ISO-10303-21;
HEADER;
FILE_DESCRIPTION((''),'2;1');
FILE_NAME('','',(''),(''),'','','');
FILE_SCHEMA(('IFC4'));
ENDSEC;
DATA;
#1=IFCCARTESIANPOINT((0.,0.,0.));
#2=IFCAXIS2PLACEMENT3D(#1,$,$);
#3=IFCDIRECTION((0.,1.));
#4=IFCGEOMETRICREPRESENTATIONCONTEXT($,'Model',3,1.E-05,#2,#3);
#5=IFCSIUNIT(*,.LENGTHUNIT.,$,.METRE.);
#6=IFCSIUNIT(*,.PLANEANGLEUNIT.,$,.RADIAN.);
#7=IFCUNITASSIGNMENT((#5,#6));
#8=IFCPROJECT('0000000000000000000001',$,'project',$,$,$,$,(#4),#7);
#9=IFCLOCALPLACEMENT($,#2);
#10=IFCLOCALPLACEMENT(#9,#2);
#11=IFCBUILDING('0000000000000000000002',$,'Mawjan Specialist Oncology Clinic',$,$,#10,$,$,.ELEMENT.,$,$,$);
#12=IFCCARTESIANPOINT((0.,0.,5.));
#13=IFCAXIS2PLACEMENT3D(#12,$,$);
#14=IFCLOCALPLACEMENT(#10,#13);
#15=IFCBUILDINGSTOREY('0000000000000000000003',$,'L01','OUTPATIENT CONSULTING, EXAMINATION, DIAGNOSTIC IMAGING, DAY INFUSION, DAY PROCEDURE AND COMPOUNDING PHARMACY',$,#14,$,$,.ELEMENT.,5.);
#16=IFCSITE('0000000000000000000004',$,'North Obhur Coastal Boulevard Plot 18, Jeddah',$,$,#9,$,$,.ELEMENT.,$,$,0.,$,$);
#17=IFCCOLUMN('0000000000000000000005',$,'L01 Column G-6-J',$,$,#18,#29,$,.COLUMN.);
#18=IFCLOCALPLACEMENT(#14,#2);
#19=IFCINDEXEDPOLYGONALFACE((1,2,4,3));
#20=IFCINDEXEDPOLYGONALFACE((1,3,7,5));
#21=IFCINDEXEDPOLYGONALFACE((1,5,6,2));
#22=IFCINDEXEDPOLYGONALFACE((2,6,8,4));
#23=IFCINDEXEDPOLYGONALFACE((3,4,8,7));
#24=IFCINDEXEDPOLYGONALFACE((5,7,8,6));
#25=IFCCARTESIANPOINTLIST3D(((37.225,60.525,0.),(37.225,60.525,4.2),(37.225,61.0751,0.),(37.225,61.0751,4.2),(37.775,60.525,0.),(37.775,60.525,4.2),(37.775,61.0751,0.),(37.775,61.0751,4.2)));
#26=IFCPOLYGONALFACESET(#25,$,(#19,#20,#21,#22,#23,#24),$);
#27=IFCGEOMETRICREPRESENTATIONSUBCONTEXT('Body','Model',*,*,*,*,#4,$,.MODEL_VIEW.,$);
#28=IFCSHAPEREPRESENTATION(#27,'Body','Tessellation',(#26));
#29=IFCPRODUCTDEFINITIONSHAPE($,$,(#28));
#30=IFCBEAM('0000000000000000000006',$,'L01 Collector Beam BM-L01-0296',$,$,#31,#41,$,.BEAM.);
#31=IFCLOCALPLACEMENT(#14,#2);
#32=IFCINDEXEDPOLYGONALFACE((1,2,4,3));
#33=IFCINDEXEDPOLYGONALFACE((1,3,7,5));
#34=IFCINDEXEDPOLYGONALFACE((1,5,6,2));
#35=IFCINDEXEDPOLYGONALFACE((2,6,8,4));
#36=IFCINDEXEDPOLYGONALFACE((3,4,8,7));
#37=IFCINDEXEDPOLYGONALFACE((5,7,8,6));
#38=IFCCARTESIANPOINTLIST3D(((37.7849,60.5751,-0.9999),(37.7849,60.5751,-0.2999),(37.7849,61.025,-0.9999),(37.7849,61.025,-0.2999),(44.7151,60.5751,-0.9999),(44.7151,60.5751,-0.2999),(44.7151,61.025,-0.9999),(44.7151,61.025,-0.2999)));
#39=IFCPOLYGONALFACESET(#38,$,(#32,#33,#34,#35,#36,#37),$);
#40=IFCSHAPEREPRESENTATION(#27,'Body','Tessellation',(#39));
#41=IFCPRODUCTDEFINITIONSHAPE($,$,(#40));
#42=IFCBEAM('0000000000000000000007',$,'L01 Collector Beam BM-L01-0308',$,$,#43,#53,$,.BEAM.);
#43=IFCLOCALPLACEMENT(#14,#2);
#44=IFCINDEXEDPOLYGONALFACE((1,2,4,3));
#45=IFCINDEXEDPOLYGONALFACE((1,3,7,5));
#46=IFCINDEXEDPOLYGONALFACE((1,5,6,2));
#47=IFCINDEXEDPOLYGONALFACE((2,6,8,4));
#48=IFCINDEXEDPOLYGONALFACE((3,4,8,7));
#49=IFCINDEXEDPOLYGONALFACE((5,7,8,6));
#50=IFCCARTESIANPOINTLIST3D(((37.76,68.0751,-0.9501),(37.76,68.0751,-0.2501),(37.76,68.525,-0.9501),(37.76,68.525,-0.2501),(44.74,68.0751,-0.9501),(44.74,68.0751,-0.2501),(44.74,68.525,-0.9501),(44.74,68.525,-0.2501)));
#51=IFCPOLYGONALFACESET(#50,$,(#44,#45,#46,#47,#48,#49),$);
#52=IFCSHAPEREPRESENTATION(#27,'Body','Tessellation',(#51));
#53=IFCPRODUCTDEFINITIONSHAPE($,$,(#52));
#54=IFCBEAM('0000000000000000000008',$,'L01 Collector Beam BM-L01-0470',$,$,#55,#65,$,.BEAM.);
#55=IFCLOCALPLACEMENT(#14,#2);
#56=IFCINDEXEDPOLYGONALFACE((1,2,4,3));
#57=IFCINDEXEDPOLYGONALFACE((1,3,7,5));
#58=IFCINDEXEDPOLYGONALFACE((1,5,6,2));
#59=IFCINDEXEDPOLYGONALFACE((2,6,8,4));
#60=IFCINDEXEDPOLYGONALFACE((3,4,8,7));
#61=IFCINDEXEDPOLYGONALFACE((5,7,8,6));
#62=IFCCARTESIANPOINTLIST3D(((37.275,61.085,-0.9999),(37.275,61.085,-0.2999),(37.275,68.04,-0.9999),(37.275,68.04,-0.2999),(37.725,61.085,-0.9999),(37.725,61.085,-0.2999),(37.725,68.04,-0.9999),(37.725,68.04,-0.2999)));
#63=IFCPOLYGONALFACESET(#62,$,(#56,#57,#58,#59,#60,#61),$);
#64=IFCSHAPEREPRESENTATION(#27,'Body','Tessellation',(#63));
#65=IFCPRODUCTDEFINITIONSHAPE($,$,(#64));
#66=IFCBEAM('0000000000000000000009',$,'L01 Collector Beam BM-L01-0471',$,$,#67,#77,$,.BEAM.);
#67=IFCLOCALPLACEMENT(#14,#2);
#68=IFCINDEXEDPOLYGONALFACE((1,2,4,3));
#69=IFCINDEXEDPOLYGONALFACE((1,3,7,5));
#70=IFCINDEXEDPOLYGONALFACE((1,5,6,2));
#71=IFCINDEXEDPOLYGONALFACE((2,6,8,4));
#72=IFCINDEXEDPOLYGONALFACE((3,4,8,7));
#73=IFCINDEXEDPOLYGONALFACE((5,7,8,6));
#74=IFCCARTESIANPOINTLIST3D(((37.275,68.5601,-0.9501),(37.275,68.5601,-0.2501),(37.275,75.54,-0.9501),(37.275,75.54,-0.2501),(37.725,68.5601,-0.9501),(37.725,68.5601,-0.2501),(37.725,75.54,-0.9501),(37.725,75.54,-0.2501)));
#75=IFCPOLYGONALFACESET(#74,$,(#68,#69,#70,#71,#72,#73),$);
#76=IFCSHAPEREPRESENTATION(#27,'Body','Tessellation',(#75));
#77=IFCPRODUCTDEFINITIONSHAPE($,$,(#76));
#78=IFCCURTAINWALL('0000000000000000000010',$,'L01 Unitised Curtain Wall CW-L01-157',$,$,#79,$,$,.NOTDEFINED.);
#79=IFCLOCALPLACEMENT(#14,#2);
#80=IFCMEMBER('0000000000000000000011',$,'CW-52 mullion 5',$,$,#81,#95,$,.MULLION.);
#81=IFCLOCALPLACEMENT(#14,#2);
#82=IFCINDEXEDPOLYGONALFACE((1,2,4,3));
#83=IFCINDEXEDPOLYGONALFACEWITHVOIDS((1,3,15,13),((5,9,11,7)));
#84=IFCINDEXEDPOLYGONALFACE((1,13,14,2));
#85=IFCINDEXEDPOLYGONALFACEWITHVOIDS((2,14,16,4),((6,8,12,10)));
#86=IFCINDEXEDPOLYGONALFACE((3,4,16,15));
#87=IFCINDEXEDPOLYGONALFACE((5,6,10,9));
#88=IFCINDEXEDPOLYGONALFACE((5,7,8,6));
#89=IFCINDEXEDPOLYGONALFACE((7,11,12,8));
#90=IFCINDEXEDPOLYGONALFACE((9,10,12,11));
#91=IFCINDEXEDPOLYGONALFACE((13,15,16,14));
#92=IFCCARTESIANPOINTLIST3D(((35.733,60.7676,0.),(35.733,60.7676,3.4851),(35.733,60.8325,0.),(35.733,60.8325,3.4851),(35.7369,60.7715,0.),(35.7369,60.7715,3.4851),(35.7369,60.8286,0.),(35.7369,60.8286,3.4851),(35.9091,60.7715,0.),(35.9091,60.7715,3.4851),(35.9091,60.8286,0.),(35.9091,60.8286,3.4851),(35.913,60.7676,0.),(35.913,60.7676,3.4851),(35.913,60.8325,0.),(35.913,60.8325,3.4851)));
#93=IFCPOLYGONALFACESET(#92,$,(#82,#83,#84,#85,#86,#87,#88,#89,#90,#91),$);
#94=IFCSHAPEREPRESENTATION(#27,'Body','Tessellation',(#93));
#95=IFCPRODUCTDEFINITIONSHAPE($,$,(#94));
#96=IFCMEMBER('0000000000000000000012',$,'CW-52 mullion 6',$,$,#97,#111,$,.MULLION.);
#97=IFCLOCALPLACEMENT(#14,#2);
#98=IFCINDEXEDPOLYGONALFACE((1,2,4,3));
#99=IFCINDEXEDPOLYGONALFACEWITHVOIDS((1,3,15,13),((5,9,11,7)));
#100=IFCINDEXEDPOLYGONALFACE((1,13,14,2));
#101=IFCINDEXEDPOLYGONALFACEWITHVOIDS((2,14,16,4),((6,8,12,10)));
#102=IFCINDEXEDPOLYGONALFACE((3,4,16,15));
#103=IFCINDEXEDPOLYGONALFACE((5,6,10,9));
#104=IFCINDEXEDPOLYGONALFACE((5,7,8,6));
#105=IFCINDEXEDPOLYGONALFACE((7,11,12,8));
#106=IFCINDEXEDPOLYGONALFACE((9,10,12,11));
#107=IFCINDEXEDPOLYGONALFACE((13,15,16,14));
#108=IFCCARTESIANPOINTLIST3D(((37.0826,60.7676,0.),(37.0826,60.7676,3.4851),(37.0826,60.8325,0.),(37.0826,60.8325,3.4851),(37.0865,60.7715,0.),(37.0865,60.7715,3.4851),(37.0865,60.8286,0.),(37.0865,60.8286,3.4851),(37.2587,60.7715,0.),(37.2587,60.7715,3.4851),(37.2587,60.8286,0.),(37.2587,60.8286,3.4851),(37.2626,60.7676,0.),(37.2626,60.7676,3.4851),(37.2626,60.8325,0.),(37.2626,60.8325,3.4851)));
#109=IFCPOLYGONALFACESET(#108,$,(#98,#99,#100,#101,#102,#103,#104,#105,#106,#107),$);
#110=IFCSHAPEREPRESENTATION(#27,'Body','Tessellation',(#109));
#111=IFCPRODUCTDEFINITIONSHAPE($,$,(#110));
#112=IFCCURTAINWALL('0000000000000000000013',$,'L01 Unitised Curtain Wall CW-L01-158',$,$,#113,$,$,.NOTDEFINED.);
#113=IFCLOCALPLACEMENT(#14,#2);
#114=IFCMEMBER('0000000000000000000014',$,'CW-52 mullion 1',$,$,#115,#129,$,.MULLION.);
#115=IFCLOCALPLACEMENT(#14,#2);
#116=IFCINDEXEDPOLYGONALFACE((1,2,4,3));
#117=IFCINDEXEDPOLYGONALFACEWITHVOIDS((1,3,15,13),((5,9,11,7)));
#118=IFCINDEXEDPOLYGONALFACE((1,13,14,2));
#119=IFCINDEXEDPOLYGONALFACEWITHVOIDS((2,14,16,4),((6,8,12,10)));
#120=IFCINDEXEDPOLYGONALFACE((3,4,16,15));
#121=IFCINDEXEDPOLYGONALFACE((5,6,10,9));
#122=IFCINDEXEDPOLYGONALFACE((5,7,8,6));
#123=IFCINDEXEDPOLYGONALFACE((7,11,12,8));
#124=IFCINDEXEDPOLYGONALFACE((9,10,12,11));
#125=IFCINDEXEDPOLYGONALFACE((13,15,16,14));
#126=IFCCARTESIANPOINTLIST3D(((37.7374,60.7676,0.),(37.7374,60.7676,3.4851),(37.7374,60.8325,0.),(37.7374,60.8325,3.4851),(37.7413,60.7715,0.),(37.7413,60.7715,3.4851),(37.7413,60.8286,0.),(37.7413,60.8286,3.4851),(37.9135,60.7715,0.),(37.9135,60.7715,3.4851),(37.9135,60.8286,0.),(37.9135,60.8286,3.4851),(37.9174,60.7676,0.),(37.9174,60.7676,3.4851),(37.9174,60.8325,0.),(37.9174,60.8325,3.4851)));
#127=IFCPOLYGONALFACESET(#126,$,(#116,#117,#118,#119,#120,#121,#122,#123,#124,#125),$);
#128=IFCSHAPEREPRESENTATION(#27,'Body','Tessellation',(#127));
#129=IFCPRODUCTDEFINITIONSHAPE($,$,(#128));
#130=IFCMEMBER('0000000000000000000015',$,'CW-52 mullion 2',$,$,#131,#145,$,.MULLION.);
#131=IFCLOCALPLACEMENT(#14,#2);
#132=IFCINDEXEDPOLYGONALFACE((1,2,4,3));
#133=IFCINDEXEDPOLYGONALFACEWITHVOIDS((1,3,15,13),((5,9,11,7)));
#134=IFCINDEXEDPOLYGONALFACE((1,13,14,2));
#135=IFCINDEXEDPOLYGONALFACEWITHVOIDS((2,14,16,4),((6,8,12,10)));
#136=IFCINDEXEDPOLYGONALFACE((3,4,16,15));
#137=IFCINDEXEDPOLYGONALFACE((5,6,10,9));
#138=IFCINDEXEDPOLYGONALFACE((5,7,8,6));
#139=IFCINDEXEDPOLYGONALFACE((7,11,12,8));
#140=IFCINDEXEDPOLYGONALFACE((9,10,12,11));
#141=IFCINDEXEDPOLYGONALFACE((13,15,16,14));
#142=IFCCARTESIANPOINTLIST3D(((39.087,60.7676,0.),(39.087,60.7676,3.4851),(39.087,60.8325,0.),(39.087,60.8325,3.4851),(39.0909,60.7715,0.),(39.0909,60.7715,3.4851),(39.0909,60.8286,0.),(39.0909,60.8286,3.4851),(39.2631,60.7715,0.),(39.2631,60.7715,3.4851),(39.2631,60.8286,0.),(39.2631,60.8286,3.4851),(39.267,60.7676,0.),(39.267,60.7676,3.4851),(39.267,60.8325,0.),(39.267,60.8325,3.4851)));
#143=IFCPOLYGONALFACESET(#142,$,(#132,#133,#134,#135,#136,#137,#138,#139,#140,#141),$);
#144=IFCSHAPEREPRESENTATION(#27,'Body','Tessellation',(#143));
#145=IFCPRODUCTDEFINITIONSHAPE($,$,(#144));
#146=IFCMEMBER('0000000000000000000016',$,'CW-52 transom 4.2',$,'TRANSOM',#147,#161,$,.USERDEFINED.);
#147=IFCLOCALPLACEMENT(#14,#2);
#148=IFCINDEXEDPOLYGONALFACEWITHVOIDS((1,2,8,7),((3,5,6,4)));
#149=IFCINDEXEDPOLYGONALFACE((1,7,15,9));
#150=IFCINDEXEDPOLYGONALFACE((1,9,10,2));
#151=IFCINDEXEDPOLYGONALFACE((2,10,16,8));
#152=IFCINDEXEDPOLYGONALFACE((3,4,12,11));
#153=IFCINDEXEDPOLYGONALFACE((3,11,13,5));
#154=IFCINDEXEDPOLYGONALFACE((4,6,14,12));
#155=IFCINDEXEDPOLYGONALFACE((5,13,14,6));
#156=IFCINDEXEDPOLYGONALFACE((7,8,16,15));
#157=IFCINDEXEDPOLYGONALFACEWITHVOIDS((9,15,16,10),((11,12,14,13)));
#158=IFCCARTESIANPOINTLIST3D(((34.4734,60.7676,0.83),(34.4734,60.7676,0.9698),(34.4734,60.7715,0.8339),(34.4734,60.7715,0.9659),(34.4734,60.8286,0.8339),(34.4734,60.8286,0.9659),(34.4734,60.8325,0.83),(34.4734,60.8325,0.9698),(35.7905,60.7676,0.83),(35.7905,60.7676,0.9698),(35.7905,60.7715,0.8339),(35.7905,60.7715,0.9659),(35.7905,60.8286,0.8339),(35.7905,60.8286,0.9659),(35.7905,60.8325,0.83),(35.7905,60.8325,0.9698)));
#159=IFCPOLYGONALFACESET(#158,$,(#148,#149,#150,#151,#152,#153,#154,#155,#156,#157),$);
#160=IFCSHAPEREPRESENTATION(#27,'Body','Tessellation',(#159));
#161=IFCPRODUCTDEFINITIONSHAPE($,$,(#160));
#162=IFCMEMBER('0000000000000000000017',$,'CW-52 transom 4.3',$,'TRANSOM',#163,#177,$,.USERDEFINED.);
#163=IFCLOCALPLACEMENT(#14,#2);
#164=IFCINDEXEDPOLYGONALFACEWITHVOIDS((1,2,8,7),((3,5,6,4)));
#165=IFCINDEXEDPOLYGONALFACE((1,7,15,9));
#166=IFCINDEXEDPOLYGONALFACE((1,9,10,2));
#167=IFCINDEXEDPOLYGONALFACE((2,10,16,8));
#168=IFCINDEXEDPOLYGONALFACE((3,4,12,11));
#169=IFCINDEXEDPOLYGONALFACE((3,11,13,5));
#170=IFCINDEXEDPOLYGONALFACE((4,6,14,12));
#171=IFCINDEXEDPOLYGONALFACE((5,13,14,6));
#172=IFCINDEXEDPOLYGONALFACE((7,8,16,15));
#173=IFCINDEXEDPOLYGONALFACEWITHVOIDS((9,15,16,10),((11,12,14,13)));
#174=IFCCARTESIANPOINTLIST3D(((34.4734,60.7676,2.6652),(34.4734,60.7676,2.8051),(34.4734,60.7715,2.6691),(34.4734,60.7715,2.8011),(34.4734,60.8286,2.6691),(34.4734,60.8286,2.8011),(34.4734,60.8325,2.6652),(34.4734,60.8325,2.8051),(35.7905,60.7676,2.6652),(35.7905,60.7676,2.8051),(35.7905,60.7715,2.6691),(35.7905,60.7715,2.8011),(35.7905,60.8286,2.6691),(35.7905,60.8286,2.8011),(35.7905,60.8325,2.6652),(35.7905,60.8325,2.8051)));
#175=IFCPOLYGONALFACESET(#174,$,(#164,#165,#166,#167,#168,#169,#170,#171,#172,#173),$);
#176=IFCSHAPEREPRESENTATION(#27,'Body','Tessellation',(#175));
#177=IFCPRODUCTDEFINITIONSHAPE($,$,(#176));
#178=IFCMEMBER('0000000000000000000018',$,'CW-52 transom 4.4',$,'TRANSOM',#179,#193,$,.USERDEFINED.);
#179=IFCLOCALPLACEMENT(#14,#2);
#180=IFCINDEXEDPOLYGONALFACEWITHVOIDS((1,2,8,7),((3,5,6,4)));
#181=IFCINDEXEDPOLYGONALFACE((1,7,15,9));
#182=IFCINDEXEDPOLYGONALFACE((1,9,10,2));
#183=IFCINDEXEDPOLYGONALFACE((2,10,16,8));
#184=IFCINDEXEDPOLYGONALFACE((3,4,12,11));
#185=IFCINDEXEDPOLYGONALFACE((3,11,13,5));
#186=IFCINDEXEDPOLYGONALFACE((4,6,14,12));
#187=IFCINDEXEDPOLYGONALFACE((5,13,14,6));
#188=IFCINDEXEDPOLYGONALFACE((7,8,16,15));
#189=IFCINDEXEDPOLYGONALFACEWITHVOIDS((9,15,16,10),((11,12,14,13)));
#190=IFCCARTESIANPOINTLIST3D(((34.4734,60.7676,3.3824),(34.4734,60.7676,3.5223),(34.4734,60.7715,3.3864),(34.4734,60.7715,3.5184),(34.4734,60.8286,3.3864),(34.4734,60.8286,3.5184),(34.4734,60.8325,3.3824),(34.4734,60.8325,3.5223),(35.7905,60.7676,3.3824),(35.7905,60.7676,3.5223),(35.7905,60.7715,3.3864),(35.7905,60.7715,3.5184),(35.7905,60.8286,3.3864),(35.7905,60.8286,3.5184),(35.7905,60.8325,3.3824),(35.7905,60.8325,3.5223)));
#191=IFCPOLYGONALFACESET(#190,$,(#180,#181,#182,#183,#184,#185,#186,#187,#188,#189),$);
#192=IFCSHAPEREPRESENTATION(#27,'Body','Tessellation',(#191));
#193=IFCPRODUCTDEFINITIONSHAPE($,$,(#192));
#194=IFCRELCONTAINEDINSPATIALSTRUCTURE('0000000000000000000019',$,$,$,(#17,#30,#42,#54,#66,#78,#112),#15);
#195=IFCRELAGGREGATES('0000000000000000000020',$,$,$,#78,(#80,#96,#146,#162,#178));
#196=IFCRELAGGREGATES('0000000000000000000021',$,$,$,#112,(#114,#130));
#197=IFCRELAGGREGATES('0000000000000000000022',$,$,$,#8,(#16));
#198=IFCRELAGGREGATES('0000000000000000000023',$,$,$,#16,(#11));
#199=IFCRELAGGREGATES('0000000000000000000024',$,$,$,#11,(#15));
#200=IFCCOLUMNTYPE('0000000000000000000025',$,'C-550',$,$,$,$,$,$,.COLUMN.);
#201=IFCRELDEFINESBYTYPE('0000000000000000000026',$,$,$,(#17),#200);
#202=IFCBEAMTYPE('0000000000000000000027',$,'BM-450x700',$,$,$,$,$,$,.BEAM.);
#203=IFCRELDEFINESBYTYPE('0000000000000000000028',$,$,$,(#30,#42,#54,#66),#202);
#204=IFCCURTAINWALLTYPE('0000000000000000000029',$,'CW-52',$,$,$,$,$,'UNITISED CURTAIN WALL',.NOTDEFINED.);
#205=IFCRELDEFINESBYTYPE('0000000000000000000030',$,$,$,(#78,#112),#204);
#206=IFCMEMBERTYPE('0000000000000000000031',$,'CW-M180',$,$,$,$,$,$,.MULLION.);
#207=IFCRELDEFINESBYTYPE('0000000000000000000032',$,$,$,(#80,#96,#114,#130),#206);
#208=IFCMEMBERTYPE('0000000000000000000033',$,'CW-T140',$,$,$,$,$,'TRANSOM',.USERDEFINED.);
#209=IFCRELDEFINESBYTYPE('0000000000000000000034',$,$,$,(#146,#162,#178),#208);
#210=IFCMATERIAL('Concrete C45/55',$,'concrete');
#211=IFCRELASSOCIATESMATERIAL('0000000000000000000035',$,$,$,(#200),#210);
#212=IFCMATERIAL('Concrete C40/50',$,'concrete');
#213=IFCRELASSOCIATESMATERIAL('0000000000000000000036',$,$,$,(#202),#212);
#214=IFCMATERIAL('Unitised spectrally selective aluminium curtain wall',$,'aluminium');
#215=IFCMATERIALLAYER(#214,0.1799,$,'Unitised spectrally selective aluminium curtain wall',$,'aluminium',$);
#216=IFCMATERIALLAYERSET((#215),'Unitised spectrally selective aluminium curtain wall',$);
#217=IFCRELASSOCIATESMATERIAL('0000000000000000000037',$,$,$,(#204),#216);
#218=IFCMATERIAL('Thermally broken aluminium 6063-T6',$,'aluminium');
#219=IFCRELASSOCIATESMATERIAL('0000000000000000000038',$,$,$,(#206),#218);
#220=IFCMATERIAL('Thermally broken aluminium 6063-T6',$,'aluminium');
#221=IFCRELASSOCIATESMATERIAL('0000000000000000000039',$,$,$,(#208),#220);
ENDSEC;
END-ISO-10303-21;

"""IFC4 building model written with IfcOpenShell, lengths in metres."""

from ifc_helpers import new_model, si_unit, direction, frame, origin, origin_2d, place, context, subcontext, project, spatial, rectangle, hollow_rectangle, extrude, material, layer, layer_set, material_profile, profile_set, type_object, element, aggregate, save


model = new_model("IFC4")

# Units and contexts
model_context = context("Model", 3, precision=1e-05, world=origin(), true_north=direction((0.0, 1.0)))
body_context = subcontext(model_context, "Body", "Model", "MODEL_VIEW")
ifc_project = project(units=[si_unit("LENGTHUNIT", "METRE"), si_unit("PLANEANGLEUNIT", "RADIAN")], contexts=[model_context])

# Site, building, storey
site_placement = place(None, origin())
site = spatial("IfcSite", under=ifc_project, at=site_placement, Name="North Obhur Coastal Boulevard Plot 18, Jeddah", CompositionType="ELEMENT", RefElevation=0.0)
building_placement = place(site_placement, origin())
building = spatial("IfcBuilding", under=site, at=building_placement, Name="Mawjan Specialist Oncology Clinic", CompositionType="ELEMENT")
storey_placement = place(building_placement, frame((0.0, 0.0, 5.0)))
storey = spatial("IfcBuildingStorey", under=building, at=storey_placement, Name="L01", Description="OUTPATIENT CONSULTING, EXAMINATION, DIAGNOSTIC IMAGING, DAY INFUSION, DAY PROCEDURE AND COMPOUNDING PHARMACY", CompositionType="ELEMENT", Elevation=5.0)

# Column
ifc_material_1 = material(Name="Concrete C45/55", Category="concrete")
ifc_material_profile_1 = material_profile(ifc_material_1, rectangle(XDim=0.55, YDim=0.55, at=origin_2d()), Name="RC COL 550x550", Category="concrete")
ifc_profile_set_1 = profile_set([ifc_material_profile_1], Name="Concrete C45/55")
column_type = type_object("IfcColumnType", Name="C-550", PredefinedType="COLUMN", material=ifc_profile_set_1)
column_placement = place(storey_placement, frame((37.5, 60.8, 0.0), z_axis=(0.0, 0.0, 1.0), x_axis=(1.0, 0.0, 0.0)))
element("IfcColumn", 1, at=column_placement, inside=storey, type_object=column_type, Name="L01 Column G-6-J", PredefinedType="COLUMN", context=body_context, shape_type="SweptSolid", body=[
    extrude(rectangle(XDim=0.55, YDim=0.55, at=origin_2d()), origin(), (0.0, 0.0, 1.0), 4.2),
])

# Beams
ifc_material_2 = material(Name="Concrete C40/50", Category="concrete")
ifc_material_profile_2 = material_profile(ifc_material_2, rectangle(XDim=0.45, YDim=0.7, at=origin_2d()), Name="RC BM 450x700", Category="concrete")
ifc_profile_set_2 = profile_set([ifc_material_profile_2], Name="Concrete C40/50")
beam_type = type_object("IfcBeamType", Name="BM-450x700", PredefinedType="BEAM", material=ifc_profile_set_2)
beam_1_placement = place(storey_placement, frame((37.7849, 60.8, -0.6499), z_axis=(1.0, 0.0, 0.0), x_axis=(0.0, 1.0, 0.0)))
element("IfcBeam", 2, at=beam_1_placement, inside=storey, type_object=beam_type, Name="L01 Collector Beam BM-L01-0296", PredefinedType="BEAM", context=body_context, shape_type="SweptSolid", body=[
    extrude(rectangle(XDim=0.45, YDim=0.7, at=origin_2d()), origin(), (0.0, 0.0, 1.0), 6.9302),
])
beam_2_placement = place(storey_placement, frame((37.76, 68.3, -0.6001), z_axis=(1.0, 0.0, 0.0), x_axis=(0.0, 1.0, 0.0)))
element("IfcBeam", 3, at=beam_2_placement, inside=storey, type_object=beam_type, Name="L01 Collector Beam BM-L01-0308", PredefinedType="BEAM", context=body_context, shape_type="SweptSolid", body=[
    extrude(rectangle(XDim=0.45, YDim=0.7, at=origin_2d()), origin(), (0.0, 0.0, 1.0), 6.98),
])
beam_3_placement = place(storey_placement, frame((37.5, 61.085, -0.6499), z_axis=(0.0, 1.0, 0.0), x_axis=(-1.0, 0.0, 0.0)))
element("IfcBeam", 4, at=beam_3_placement, inside=storey, type_object=beam_type, Name="L01 Collector Beam BM-L01-0470", PredefinedType="BEAM", context=body_context, shape_type="SweptSolid", body=[
    extrude(rectangle(XDim=0.45, YDim=0.7, at=origin_2d()), origin(), (0.0, 0.0, 1.0), 6.9551),
])
beam_4_placement = place(storey_placement, frame((37.5, 68.5601, -0.6001), z_axis=(0.0, 1.0, 0.0), x_axis=(-1.0, 0.0, 0.0)))
element("IfcBeam", 5, at=beam_4_placement, inside=storey, type_object=beam_type, Name="L01 Collector Beam BM-L01-0471", PredefinedType="BEAM", context=body_context, shape_type="SweptSolid", body=[
    extrude(rectangle(XDim=0.45, YDim=0.7, at=origin_2d()), origin(), (0.0, 0.0, 1.0), 6.98),
])

# Curtain walls, members
ifc_material_3 = material(Name="Unitised spectrally selective aluminium curtain wall", Category="aluminium")
ifc_layer_1 = layer(ifc_material_3, 0.1799, Name="Unitised spectrally selective aluminium curtain wall", Category="aluminium")
ifc_layer_set_1 = layer_set([ifc_layer_1], Name="Unitised spectrally selective aluminium curtain wall")
curtain_wall_type = type_object("IfcCurtainWallType", Name="CW-52", ElementType="UNITISED CURTAIN WALL", PredefinedType="NOTDEFINED", material=ifc_layer_set_1)
curtain_wall_1_placement = place(storey_placement, origin())
curtain_wall_1 = element("IfcCurtainWall", 6, at=curtain_wall_1_placement, inside=storey, type_object=curtain_wall_type, Name="L01 Unitised Curtain Wall CW-L01-157", PredefinedType="NOTDEFINED")
ifc_material_4 = material(Name="Thermally broken aluminium 6063-T6", Category="aluminium")
ifc_material_profile_3 = material_profile(ifc_material_4, hollow_rectangle(XDim=0.0649, YDim=0.1799, WallThickness=0.0039, at=origin_2d()), Name="ALU MULLION 180x65x4", Category="aluminium")
ifc_profile_set_3 = profile_set([ifc_material_profile_3], Name="Thermally broken aluminium 6063-T6")
member_type_1 = type_object("IfcMemberType", Name="CW-M180", PredefinedType="MULLION", material=ifc_profile_set_3)
member_1_placement = place(storey_placement, frame((35.823, 60.8, 0.0), z_axis=(0.0, 0.0, 1.0), x_axis=(0.0, 1.0, 0.0)))
member_1 = element("IfcMember", 7, at=member_1_placement, type_object=member_type_1, Name="CW-52 mullion 5", PredefinedType="MULLION", context=body_context, shape_type="SweptSolid", body=[
    extrude(hollow_rectangle(XDim=0.0649, YDim=0.1799, WallThickness=0.0039, at=origin_2d()), origin(), (0.0, 0.0, 1.0), 3.4851),
])
member_2_placement = place(storey_placement, frame((37.1726, 60.8, 0.0), z_axis=(0.0, 0.0, 1.0), x_axis=(0.0, 1.0, 0.0)))
member_2 = element("IfcMember", 8, at=member_2_placement, type_object=member_type_1, Name="CW-52 mullion 6", PredefinedType="MULLION", context=body_context, shape_type="SweptSolid", body=[
    extrude(hollow_rectangle(XDim=0.0649, YDim=0.1799, WallThickness=0.0039, at=origin_2d()), origin(), (0.0, 0.0, 1.0), 3.4851),
])
curtain_wall_2_placement = place(storey_placement, origin())
curtain_wall_2 = element("IfcCurtainWall", 9, at=curtain_wall_2_placement, inside=storey, type_object=curtain_wall_type, Name="L01 Unitised Curtain Wall CW-L01-158", PredefinedType="NOTDEFINED")
member_3_placement = place(storey_placement, frame((37.8274, 60.8, 0.0), z_axis=(0.0, 0.0, 1.0), x_axis=(0.0, 1.0, 0.0)))
member_3 = element("IfcMember", 10, at=member_3_placement, type_object=member_type_1, Name="CW-52 mullion 1", PredefinedType="MULLION", context=body_context, shape_type="SweptSolid", body=[
    extrude(hollow_rectangle(XDim=0.0649, YDim=0.1799, WallThickness=0.0039, at=origin_2d()), origin(), (0.0, 0.0, 1.0), 3.4851),
])
member_4_placement = place(storey_placement, frame((39.177, 60.8, 0.0), z_axis=(0.0, 0.0, 1.0), x_axis=(0.0, 1.0, 0.0)))
member_4 = element("IfcMember", 11, at=member_4_placement, type_object=member_type_1, Name="CW-52 mullion 2", PredefinedType="MULLION", context=body_context, shape_type="SweptSolid", body=[
    extrude(hollow_rectangle(XDim=0.0649, YDim=0.1799, WallThickness=0.0039, at=origin_2d()), origin(), (0.0, 0.0, 1.0), 3.4851),
])

# Members
ifc_material_5 = material(Name="Thermally broken aluminium 6063-T6", Category="aluminium")
ifc_material_profile_4 = material_profile(ifc_material_5, hollow_rectangle(XDim=0.0649, YDim=0.1399, WallThickness=0.0039, at=origin_2d()), Name="ALU TRANSOM 140x65x4", Category="aluminium")
ifc_profile_set_4 = profile_set([ifc_material_profile_4], Name="Thermally broken aluminium 6063-T6")
member_type_2 = type_object("IfcMemberType", Name="CW-T140", ElementType="TRANSOM", PredefinedType="USERDEFINED", material=ifc_profile_set_4)
member_5_placement = place(storey_placement, frame((34.4734, 60.8, 0.8999), z_axis=(1.0, 0.0, 0.0), x_axis=(0.0, 1.0, 0.0)))
member_5 = element("IfcMember", 12, at=member_5_placement, type_object=member_type_2, Name="CW-52 transom 4.2", ObjectType="TRANSOM", PredefinedType="USERDEFINED", context=body_context, shape_type="SweptSolid", body=[
    extrude(hollow_rectangle(XDim=0.0649, YDim=0.1399, WallThickness=0.0039, at=origin_2d()), origin(), (0.0, 0.0, 1.0), 1.3171),
])
member_6_placement = place(storey_placement, frame((34.4734, 60.8, 2.7351), z_axis=(1.0, 0.0, 0.0), x_axis=(0.0, 1.0, 0.0)))
member_6 = element("IfcMember", 13, at=member_6_placement, type_object=member_type_2, Name="CW-52 transom 4.3", ObjectType="TRANSOM", PredefinedType="USERDEFINED", context=body_context, shape_type="SweptSolid", body=[
    extrude(hollow_rectangle(XDim=0.0649, YDim=0.1399, WallThickness=0.0039, at=origin_2d()), origin(), (0.0, 0.0, 1.0), 1.3171),
])
member_7_placement = place(storey_placement, frame((34.4734, 60.8, 3.4524), z_axis=(1.0, 0.0, 0.0), x_axis=(0.0, 1.0, 0.0)))
member_7 = element("IfcMember", 14, at=member_7_placement, type_object=member_type_2, Name="CW-52 transom 4.4", ObjectType="TRANSOM", PredefinedType="USERDEFINED", context=body_context, shape_type="SweptSolid", body=[
    extrude(hollow_rectangle(XDim=0.0649, YDim=0.1399, WallThickness=0.0039, at=origin_2d()), origin(), (0.0, 0.0, 1.0), 1.3171),
])

aggregate(curtain_wall_1, [member_1, member_2, member_5, member_6, member_7])
aggregate(curtain_wall_2, [member_3, member_4])

save(model, "model.ifc")
